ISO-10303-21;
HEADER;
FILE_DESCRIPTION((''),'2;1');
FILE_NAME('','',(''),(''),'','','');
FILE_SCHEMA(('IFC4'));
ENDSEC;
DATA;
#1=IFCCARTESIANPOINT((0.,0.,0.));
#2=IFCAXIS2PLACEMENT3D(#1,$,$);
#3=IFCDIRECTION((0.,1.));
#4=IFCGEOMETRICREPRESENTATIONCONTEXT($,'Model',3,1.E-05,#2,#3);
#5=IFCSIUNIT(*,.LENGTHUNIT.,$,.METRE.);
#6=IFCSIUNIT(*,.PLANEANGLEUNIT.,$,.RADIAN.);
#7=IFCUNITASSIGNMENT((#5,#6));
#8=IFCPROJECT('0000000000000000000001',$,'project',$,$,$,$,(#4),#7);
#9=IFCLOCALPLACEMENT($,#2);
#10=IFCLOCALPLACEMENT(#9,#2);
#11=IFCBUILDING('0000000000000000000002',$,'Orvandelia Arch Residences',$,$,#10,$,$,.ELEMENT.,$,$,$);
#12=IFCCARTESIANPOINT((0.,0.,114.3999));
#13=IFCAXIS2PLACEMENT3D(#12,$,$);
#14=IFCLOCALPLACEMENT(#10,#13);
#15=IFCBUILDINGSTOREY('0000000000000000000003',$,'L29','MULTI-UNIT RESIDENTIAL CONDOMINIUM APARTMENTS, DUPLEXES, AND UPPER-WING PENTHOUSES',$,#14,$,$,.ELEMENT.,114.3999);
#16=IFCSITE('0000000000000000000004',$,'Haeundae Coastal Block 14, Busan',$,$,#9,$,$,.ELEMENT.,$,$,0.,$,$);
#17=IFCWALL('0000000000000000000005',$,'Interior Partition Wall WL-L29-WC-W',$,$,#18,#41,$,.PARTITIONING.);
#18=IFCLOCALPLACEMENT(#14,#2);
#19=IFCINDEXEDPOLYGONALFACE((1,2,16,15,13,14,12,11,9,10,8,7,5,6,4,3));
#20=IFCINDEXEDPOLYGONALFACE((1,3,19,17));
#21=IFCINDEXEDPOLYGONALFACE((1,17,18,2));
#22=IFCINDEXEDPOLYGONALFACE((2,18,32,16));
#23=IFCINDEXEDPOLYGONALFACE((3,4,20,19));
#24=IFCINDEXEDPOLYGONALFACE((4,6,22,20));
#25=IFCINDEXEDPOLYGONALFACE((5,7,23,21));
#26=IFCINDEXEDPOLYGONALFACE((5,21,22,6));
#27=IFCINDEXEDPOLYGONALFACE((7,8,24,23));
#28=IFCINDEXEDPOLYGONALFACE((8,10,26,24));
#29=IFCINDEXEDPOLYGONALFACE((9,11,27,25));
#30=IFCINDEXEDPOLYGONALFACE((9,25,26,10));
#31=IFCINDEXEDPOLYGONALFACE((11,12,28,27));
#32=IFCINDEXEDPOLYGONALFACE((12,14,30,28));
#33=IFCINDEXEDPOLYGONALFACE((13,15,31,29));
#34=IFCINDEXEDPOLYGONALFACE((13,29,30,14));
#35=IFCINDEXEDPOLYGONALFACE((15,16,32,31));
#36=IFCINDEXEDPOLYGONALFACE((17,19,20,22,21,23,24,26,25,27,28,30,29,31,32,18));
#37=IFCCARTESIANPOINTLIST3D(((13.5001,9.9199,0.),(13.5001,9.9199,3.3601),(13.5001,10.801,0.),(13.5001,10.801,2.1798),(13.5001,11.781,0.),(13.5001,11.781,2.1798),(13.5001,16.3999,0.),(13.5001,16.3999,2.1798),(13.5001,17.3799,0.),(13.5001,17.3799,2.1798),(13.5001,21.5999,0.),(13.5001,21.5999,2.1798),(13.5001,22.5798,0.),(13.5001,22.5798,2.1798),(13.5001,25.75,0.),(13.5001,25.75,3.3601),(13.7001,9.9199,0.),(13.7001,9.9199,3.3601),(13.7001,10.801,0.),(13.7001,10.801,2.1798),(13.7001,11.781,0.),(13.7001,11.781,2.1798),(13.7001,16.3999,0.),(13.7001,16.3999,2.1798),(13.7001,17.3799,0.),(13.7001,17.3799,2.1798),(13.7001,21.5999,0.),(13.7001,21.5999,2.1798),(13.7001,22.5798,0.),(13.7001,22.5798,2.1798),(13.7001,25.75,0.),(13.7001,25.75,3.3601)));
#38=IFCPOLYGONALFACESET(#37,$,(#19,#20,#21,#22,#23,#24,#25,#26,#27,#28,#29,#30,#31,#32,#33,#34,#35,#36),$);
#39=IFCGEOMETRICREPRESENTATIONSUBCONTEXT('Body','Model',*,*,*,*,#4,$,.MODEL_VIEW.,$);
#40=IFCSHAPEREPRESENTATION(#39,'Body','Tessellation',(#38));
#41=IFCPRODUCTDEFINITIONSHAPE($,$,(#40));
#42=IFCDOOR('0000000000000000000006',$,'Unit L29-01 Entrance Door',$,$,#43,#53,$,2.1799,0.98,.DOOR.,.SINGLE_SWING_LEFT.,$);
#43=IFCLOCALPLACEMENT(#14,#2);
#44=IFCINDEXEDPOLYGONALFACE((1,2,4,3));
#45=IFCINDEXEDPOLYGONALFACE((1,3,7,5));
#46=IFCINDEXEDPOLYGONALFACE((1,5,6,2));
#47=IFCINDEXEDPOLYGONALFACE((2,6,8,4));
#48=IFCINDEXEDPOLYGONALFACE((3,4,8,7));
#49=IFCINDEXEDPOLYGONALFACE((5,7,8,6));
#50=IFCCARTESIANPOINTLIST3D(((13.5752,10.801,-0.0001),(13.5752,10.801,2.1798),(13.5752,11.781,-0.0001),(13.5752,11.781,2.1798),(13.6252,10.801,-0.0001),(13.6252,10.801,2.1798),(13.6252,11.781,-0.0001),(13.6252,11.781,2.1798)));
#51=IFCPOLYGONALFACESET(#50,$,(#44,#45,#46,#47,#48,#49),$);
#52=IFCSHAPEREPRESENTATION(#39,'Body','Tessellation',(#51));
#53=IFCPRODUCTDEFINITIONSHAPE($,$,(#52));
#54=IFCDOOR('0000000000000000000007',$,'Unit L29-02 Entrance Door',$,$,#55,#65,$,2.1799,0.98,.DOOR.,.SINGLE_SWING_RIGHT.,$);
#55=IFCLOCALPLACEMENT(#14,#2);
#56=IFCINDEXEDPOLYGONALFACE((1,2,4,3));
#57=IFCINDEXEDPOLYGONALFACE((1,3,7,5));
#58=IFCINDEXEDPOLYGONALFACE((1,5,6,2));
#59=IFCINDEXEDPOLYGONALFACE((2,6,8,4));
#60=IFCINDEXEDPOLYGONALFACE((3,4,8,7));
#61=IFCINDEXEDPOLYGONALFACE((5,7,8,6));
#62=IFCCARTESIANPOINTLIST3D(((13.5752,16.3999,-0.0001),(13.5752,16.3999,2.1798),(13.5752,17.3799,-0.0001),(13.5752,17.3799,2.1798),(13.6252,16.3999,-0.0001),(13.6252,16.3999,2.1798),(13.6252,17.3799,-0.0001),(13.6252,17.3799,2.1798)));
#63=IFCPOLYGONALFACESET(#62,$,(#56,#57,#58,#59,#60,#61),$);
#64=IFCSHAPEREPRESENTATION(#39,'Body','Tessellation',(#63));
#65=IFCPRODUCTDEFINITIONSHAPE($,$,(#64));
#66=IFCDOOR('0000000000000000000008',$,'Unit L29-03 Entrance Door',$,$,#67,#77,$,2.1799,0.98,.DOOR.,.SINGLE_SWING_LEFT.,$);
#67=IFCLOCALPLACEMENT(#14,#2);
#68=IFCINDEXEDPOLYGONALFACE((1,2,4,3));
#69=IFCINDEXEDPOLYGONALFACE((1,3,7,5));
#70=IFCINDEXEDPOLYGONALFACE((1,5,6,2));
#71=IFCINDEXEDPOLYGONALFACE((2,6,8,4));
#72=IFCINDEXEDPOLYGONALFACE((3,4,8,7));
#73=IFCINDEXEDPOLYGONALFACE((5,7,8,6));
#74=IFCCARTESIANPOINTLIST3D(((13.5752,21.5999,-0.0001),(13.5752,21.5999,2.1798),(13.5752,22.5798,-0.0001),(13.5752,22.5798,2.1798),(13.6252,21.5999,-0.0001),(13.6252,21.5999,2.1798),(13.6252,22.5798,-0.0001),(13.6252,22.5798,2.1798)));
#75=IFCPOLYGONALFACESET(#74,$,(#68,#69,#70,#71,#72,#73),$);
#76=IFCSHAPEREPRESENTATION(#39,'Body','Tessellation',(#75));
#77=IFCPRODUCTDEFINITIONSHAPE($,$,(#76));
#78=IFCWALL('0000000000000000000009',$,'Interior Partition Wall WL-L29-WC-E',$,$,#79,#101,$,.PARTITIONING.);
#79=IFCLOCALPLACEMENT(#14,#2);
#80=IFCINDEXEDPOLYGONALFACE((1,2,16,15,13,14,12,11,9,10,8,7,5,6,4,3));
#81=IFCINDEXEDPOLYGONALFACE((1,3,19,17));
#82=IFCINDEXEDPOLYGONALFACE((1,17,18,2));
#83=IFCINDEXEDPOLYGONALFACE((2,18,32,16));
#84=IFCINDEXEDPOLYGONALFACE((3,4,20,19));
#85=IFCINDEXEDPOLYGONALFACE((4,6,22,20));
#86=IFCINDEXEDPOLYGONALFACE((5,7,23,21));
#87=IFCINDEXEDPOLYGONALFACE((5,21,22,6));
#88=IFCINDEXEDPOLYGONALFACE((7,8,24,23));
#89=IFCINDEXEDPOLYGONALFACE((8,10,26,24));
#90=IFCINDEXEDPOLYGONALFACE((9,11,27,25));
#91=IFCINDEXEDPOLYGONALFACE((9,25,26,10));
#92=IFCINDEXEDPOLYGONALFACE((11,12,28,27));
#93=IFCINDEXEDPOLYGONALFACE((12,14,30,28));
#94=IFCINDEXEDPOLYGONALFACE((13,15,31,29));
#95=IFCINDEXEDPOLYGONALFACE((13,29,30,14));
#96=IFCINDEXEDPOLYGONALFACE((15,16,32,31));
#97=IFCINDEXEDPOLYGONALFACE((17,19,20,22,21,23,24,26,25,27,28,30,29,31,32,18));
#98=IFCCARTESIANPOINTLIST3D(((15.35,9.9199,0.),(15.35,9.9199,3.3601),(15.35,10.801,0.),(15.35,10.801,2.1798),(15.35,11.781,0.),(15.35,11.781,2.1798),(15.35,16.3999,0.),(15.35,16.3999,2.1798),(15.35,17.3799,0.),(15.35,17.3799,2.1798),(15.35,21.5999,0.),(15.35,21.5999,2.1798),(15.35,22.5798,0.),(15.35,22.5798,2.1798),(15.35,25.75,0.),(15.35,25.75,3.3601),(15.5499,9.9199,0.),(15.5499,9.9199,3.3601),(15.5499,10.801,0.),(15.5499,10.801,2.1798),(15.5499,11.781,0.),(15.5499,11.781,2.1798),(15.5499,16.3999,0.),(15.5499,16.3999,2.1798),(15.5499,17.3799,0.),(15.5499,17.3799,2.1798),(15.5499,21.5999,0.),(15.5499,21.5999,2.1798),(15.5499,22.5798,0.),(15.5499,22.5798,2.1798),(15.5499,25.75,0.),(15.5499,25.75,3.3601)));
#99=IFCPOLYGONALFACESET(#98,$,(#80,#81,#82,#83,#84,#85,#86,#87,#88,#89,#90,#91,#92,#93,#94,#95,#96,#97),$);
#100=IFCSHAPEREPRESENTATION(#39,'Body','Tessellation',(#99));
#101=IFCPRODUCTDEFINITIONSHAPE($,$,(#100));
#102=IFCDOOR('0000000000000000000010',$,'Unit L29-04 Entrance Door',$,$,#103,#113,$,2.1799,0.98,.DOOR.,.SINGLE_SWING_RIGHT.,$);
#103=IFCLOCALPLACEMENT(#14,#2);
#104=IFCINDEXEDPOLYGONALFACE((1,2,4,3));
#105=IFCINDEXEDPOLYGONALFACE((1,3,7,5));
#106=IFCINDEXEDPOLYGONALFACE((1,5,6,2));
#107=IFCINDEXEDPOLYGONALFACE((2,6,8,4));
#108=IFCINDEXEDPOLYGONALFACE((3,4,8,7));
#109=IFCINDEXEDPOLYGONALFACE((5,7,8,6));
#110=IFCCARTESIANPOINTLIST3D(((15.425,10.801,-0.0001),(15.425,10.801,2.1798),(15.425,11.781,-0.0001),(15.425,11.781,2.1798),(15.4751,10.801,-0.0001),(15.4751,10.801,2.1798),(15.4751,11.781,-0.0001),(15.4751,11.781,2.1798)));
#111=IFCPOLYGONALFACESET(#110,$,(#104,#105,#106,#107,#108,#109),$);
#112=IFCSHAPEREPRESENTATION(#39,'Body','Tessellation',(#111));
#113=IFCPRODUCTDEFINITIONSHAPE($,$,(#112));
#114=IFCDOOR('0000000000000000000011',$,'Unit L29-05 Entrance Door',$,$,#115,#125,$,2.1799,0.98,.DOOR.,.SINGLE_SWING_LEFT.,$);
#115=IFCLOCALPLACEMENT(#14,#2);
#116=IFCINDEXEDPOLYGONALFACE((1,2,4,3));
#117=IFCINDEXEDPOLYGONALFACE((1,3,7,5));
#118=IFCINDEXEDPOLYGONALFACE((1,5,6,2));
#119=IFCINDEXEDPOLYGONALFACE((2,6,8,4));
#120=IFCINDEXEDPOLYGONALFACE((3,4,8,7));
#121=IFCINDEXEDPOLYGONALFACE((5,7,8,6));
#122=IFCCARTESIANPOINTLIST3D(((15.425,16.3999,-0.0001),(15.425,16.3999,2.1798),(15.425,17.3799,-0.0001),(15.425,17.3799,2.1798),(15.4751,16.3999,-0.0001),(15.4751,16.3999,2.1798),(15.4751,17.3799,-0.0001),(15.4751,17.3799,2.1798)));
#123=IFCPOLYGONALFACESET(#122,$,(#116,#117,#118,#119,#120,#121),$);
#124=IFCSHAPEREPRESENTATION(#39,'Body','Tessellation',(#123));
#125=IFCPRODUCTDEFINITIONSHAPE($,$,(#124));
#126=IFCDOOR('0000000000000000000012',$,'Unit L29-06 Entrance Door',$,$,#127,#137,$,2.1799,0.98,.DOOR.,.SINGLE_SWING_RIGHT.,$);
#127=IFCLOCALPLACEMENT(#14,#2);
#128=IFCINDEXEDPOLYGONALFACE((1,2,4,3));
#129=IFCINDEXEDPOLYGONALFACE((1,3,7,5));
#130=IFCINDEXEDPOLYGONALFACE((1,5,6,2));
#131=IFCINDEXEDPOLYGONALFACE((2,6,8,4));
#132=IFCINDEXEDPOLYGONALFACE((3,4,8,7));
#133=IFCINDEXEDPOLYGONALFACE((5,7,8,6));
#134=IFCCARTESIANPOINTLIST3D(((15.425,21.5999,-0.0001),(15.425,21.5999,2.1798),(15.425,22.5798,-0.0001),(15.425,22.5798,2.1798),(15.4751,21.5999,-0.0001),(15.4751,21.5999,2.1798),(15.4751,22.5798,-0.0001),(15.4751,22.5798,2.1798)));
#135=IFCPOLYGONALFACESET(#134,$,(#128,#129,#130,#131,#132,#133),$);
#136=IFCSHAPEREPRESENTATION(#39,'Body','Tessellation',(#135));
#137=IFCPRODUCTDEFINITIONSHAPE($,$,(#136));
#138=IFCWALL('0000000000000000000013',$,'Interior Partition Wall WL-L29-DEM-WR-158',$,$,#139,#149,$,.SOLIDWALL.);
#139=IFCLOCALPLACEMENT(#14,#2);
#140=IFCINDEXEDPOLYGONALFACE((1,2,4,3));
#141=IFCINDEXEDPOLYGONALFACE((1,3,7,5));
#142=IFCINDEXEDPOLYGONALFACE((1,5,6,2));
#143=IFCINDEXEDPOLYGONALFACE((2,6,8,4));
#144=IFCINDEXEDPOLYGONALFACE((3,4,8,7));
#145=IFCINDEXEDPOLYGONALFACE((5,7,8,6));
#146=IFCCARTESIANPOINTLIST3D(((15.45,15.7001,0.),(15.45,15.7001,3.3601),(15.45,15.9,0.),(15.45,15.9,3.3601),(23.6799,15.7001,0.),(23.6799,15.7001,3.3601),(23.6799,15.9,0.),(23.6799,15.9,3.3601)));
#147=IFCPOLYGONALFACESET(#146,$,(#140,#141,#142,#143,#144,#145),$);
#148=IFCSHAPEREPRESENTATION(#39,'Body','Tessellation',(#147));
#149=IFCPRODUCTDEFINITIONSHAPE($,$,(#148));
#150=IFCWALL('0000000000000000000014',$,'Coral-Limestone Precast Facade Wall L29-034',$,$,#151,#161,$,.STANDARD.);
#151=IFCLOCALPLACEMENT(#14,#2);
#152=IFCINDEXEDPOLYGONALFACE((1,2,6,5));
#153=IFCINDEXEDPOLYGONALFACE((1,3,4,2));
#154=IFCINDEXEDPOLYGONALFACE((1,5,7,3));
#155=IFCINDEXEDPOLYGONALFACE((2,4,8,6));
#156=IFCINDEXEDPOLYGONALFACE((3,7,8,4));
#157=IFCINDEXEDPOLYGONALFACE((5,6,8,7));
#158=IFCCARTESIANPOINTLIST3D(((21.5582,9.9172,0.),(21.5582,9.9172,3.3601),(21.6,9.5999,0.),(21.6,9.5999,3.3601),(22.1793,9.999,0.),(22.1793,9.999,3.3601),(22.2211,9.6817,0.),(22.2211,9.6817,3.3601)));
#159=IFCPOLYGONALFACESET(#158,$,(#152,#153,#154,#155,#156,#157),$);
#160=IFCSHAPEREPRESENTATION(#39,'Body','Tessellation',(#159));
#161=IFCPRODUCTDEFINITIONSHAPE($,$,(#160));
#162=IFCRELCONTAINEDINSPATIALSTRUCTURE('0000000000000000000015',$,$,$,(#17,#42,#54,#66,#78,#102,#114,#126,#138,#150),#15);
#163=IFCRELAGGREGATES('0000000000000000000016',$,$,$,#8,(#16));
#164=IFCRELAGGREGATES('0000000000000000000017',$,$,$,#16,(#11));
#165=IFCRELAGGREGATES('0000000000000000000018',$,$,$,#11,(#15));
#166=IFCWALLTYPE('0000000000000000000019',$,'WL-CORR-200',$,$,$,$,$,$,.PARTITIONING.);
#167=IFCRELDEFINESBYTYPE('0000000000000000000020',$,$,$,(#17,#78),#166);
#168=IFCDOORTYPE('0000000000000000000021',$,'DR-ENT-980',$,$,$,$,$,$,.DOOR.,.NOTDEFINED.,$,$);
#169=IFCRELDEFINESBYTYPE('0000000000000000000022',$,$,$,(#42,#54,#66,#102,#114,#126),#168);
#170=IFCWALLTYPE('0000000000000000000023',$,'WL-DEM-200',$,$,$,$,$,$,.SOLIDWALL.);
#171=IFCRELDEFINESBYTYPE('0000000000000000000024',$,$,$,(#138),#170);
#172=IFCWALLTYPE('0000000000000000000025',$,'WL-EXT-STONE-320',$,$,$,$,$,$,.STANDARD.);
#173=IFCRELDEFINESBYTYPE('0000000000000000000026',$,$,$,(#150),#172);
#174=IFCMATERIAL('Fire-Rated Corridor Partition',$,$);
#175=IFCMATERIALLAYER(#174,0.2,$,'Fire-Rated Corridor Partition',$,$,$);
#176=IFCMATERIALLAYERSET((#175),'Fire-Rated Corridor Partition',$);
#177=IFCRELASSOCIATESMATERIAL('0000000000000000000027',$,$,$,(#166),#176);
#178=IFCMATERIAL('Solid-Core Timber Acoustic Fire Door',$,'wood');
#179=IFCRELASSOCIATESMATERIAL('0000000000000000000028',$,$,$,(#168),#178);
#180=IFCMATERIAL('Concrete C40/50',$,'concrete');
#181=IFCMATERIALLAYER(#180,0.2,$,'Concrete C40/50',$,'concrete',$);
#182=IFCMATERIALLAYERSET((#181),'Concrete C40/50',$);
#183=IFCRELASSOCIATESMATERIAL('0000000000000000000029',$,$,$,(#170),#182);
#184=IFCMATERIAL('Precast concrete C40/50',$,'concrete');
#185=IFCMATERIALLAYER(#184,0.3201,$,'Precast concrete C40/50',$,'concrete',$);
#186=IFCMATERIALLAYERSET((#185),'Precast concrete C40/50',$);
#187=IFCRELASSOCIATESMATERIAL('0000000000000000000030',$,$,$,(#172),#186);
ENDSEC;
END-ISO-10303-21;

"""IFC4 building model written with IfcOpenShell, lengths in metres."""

from ifc_helpers import new_model, si_unit, direction, frame, frame_2d, origin, place, context, subcontext, project, spatial, rectangle, extrude, material, layer, layer_set, type_object, element, fill, save


model = new_model("IFC4")

# Units and contexts
model_context = context("Model", 3, precision=1e-05, world=origin(), true_north=direction((0.0, 1.0)))
body_context = subcontext(model_context, "Body", "Model", "MODEL_VIEW")
ifc_project = project(units=[si_unit("LENGTHUNIT", "METRE"), si_unit("PLANEANGLEUNIT", "RADIAN")], contexts=[model_context])

# Site, building, storey
site_placement = place(None, origin())
site = spatial("IfcSite", under=ifc_project, at=site_placement, Name="Haeundae Coastal Block 14, Busan", CompositionType="ELEMENT", RefElevation=0.0)
building_placement = place(site_placement, origin())
building = spatial("IfcBuilding", under=site, at=building_placement, Name="Orvandelia Arch Residences", CompositionType="ELEMENT")
storey_placement = place(building_placement, frame((0.0, 0.0, 114.3999)))
storey = spatial("IfcBuildingStorey", under=building, at=storey_placement, Name="L29", Description="MULTI-UNIT RESIDENTIAL CONDOMINIUM APARTMENTS, DUPLEXES, AND UPPER-WING PENTHOUSES", CompositionType="ELEMENT", Elevation=114.3999)

# Walls, openings, doors
ifc_material_1 = material(Name="Fire-Rated Corridor Partition")
ifc_layer_1 = layer(ifc_material_1, 0.2, Name="Fire-Rated Corridor Partition")
ifc_layer_set_1 = layer_set([ifc_layer_1], Name="Fire-Rated Corridor Partition")
wall_type_1 = type_object("IfcWallType", Name="WL-CORR-200", PredefinedType="PARTITIONING", material=ifc_layer_set_1)
wall_1_placement = place(storey_placement, frame((13.6001, 9.9199, 0.0), z_axis=(0.0, 0.0, 1.0), x_axis=(0.0, 1.0, 0.0)))
wall_1 = element("IfcWall", 1, at=wall_1_placement, inside=storey, type_object=wall_type_1, Name="Interior Partition Wall WL-L29-WC-W", PredefinedType="PARTITIONING", context=body_context, shape_type="SweptSolid", body=[
    extrude(rectangle(XDim=15.8301, YDim=0.2, at=frame_2d((7.915, 0.0))), origin(), (0.0, 0.0, 1.0), 3.3601),
])
opening_1_placement = place(wall_1_placement, frame((0.8811, 0.0, 0.0)))
opening_1 = element("IfcOpeningElement", 2, at=opening_1_placement, cuts=wall_1, PredefinedType="OPENING", context=body_context, shape_type="SweptSolid", body=[
    extrude(rectangle(XDim=0.98, YDim=2.1799, at=frame_2d((0.49, 1.0898))), frame((0.0, 0.1099, 0.0), z_axis=(0.0, -1.0, 0.0), x_axis=(1.0, 0.0, 0.0)), (0.0, 0.0, 1.0), 0.22),
])
opening_2_placement = place(wall_1_placement, frame((6.48, 0.0, 0.0)))
opening_2 = element("IfcOpeningElement", 3, at=opening_2_placement, cuts=wall_1, PredefinedType="OPENING", context=body_context, shape_type="SweptSolid", body=[
    extrude(rectangle(XDim=0.98, YDim=2.1799, at=frame_2d((0.49, 1.0898))), frame((0.0, 0.1099, 0.0), z_axis=(0.0, -1.0, 0.0), x_axis=(1.0, 0.0, 0.0)), (0.0, 0.0, 1.0), 0.22),
])
opening_3_placement = place(wall_1_placement, frame((11.6799, 0.0, 0.0)))
opening_3 = element("IfcOpeningElement", 4, at=opening_3_placement, cuts=wall_1, PredefinedType="OPENING", context=body_context, shape_type="SweptSolid", body=[
    extrude(rectangle(XDim=0.98, YDim=2.1799, at=frame_2d((0.49, 1.0898))), frame((0.0, 0.1099, 0.0), z_axis=(0.0, -1.0, 0.0), x_axis=(1.0, 0.0, 0.0)), (0.0, 0.0, 1.0), 0.22),
])
ifc_material_2 = material(Name="Solid-Core Timber Acoustic Fire Door", Category="wood")
door_type_1 = type_object("IfcDoorType", Name="DR-ENT-980", OperationType="NOTDEFINED", PredefinedType="DOOR", material=ifc_material_2)
door_1_placement = place(opening_1_placement, origin())
door_1 = element("IfcDoor", 5, at=door_1_placement, inside=storey, type_object=door_type_1, Name="Unit L29-01 Entrance Door", OperationType="SINGLE_SWING_LEFT", OverallHeight=2.1799, OverallWidth=0.98, PredefinedType="DOOR", context=body_context, shape_type="SweptSolid", body=[
    extrude(rectangle(XDim=0.98, YDim=2.1799, at=frame_2d((0.49, 1.0898))), frame((0.0, 0.0249, 0.0), z_axis=(0.0, -1.0, 0.0), x_axis=(1.0, 0.0, 0.0)), (0.0, 0.0, 1.0), 0.05),
])
fill(opening_1, door_1)
door_2_placement = place(opening_2_placement, origin())
door_2 = element("IfcDoor", 6, at=door_2_placement, inside=storey, type_object=door_type_1, Name="Unit L29-02 Entrance Door", OperationType="SINGLE_SWING_RIGHT", OverallHeight=2.1799, OverallWidth=0.98, PredefinedType="DOOR", context=body_context, shape_type="SweptSolid", body=[
    extrude(rectangle(XDim=0.98, YDim=2.1799, at=frame_2d((0.49, 1.0898))), frame((0.0, 0.0249, 0.0), z_axis=(0.0, -1.0, 0.0), x_axis=(1.0, 0.0, 0.0)), (0.0, 0.0, 1.0), 0.05),
])
fill(opening_2, door_2)
door_3_placement = place(opening_3_placement, origin())
door_3 = element("IfcDoor", 7, at=door_3_placement, inside=storey, type_object=door_type_1, Name="Unit L29-03 Entrance Door", OperationType="SINGLE_SWING_LEFT", OverallHeight=2.1799, OverallWidth=0.98, PredefinedType="DOOR", context=body_context, shape_type="SweptSolid", body=[
    extrude(rectangle(XDim=0.98, YDim=2.1799, at=frame_2d((0.49, 1.0898))), frame((0.0, 0.0249, 0.0), z_axis=(0.0, -1.0, 0.0), x_axis=(1.0, 0.0, 0.0)), (0.0, 0.0, 1.0), 0.05),
])
fill(opening_3, door_3)
wall_2_placement = place(storey_placement, frame((15.45, 9.9199, 0.0), z_axis=(0.0, 0.0, 1.0), x_axis=(0.0, 1.0, 0.0)))
wall_2 = element("IfcWall", 8, at=wall_2_placement, inside=storey, type_object=wall_type_1, Name="Interior Partition Wall WL-L29-WC-E", PredefinedType="PARTITIONING", context=body_context, shape_type="SweptSolid", body=[
    extrude(rectangle(XDim=15.8301, YDim=0.2, at=frame_2d((7.915, 0.0))), origin(), (0.0, 0.0, 1.0), 3.3601),
])
opening_4_placement = place(wall_2_placement, frame((0.8811, 0.0, 0.0)))
opening_4 = element("IfcOpeningElement", 9, at=opening_4_placement, cuts=wall_2, PredefinedType="OPENING", context=body_context, shape_type="SweptSolid", body=[
    extrude(rectangle(XDim=0.98, YDim=2.1799, at=frame_2d((0.49, 1.0898))), frame((0.0, 0.1099, 0.0), z_axis=(0.0, -1.0, 0.0), x_axis=(1.0, 0.0, 0.0)), (0.0, 0.0, 1.0), 0.22),
])
opening_5_placement = place(wall_2_placement, frame((6.48, 0.0, 0.0)))
opening_5 = element("IfcOpeningElement", 10, at=opening_5_placement, cuts=wall_2, PredefinedType="OPENING", context=body_context, shape_type="SweptSolid", body=[
    extrude(rectangle(XDim=0.98, YDim=2.1799, at=frame_2d((0.49, 1.0898))), frame((0.0, 0.1099, 0.0), z_axis=(0.0, -1.0, 0.0), x_axis=(1.0, 0.0, 0.0)), (0.0, 0.0, 1.0), 0.22),
])
opening_6_placement = place(wall_2_placement, frame((11.6799, 0.0, 0.0)))
opening_6 = element("IfcOpeningElement", 11, at=opening_6_placement, cuts=wall_2, PredefinedType="OPENING", context=body_context, shape_type="SweptSolid", body=[
    extrude(rectangle(XDim=0.98, YDim=2.1799, at=frame_2d((0.49, 1.0898))), frame((0.0, 0.1099, 0.0), z_axis=(0.0, -1.0, 0.0), x_axis=(1.0, 0.0, 0.0)), (0.0, 0.0, 1.0), 0.22),
])
door_4_placement = place(opening_4_placement, origin())
door_4 = element("IfcDoor", 12, at=door_4_placement, inside=storey, type_object=door_type_1, Name="Unit L29-04 Entrance Door", OperationType="SINGLE_SWING_RIGHT", OverallHeight=2.1799, OverallWidth=0.98, PredefinedType="DOOR", context=body_context, shape_type="SweptSolid", body=[
    extrude(rectangle(XDim=0.98, YDim=2.1799, at=frame_2d((0.49, 1.0898))), frame((0.0, 0.0249, 0.0), z_axis=(0.0, -1.0, 0.0), x_axis=(1.0, 0.0, 0.0)), (0.0, 0.0, 1.0), 0.05),
])
fill(opening_4, door_4)
door_5_placement = place(opening_5_placement, origin())
door_5 = element("IfcDoor", 13, at=door_5_placement, inside=storey, type_object=door_type_1, Name="Unit L29-05 Entrance Door", OperationType="SINGLE_SWING_LEFT", OverallHeight=2.1799, OverallWidth=0.98, PredefinedType="DOOR", context=body_context, shape_type="SweptSolid", body=[
    extrude(rectangle(XDim=0.98, YDim=2.1799, at=frame_2d((0.49, 1.0898))), frame((0.0, 0.0249, 0.0), z_axis=(0.0, -1.0, 0.0), x_axis=(1.0, 0.0, 0.0)), (0.0, 0.0, 1.0), 0.05),
])
fill(opening_5, door_5)
door_6_placement = place(opening_6_placement, origin())
door_6 = element("IfcDoor", 14, at=door_6_placement, inside=storey, type_object=door_type_1, Name="Unit L29-06 Entrance Door", OperationType="SINGLE_SWING_RIGHT", OverallHeight=2.1799, OverallWidth=0.98, PredefinedType="DOOR", context=body_context, shape_type="SweptSolid", body=[
    extrude(rectangle(XDim=0.98, YDim=2.1799, at=frame_2d((0.49, 1.0898))), frame((0.0, 0.0249, 0.0), z_axis=(0.0, -1.0, 0.0), x_axis=(1.0, 0.0, 0.0)), (0.0, 0.0, 1.0), 0.05),
])
fill(opening_6, door_6)

# Walls
ifc_material_3 = material(Name="Concrete C40/50", Category="concrete")
ifc_layer_2 = layer(ifc_material_3, 0.2, Name="Concrete C40/50", Category="concrete")
ifc_layer_set_2 = layer_set([ifc_layer_2], Name="Concrete C40/50")
wall_type_2 = type_object("IfcWallType", Name="WL-DEM-200", PredefinedType="SOLIDWALL", material=ifc_layer_set_2)
wall_3_placement = place(storey_placement, frame((15.45, 15.8, 0.0), z_axis=(0.0, 0.0, 1.0), x_axis=(1.0, 0.0, 0.0)))
element("IfcWall", 15, at=wall_3_placement, inside=storey, type_object=wall_type_2, Name="Interior Partition Wall WL-L29-DEM-WR-158", PredefinedType="SOLIDWALL", context=body_context, shape_type="SweptSolid", body=[
    extrude(rectangle(XDim=8.23, YDim=0.2, at=frame_2d((4.115, 0.0))), origin(), (0.0, 0.0, 1.0), 3.3601),
])
ifc_material_4 = material(Name="Precast concrete C40/50", Category="concrete")
ifc_layer_3 = layer(ifc_material_4, 0.3201, Name="Precast concrete C40/50", Category="concrete")
ifc_layer_set_3 = layer_set([ifc_layer_3], Name="Precast concrete C40/50")
wall_type_3 = type_object("IfcWallType", Name="WL-EXT-STONE-320", PredefinedType="STANDARD", material=ifc_layer_set_3)
wall_4_placement = place(storey_placement, frame((22.2002, 9.8403, 0.0), z_axis=(0.0, 0.0, 1.0), x_axis=(-0.991441, -0.130555, 0.0)))
element("IfcWall", 16, at=wall_4_placement, inside=storey, type_object=wall_type_3, Name="Coral-Limestone Precast Facade Wall L29-034", PredefinedType="STANDARD", context=body_context, shape_type="SweptSolid", body=[
    extrude(rectangle(XDim=0.6265, YDim=0.3201, at=frame_2d((0.3132, 0.0))), origin(), (0.0, 0.0, 1.0), 3.3601),
])

save(model, "model.ifc")
